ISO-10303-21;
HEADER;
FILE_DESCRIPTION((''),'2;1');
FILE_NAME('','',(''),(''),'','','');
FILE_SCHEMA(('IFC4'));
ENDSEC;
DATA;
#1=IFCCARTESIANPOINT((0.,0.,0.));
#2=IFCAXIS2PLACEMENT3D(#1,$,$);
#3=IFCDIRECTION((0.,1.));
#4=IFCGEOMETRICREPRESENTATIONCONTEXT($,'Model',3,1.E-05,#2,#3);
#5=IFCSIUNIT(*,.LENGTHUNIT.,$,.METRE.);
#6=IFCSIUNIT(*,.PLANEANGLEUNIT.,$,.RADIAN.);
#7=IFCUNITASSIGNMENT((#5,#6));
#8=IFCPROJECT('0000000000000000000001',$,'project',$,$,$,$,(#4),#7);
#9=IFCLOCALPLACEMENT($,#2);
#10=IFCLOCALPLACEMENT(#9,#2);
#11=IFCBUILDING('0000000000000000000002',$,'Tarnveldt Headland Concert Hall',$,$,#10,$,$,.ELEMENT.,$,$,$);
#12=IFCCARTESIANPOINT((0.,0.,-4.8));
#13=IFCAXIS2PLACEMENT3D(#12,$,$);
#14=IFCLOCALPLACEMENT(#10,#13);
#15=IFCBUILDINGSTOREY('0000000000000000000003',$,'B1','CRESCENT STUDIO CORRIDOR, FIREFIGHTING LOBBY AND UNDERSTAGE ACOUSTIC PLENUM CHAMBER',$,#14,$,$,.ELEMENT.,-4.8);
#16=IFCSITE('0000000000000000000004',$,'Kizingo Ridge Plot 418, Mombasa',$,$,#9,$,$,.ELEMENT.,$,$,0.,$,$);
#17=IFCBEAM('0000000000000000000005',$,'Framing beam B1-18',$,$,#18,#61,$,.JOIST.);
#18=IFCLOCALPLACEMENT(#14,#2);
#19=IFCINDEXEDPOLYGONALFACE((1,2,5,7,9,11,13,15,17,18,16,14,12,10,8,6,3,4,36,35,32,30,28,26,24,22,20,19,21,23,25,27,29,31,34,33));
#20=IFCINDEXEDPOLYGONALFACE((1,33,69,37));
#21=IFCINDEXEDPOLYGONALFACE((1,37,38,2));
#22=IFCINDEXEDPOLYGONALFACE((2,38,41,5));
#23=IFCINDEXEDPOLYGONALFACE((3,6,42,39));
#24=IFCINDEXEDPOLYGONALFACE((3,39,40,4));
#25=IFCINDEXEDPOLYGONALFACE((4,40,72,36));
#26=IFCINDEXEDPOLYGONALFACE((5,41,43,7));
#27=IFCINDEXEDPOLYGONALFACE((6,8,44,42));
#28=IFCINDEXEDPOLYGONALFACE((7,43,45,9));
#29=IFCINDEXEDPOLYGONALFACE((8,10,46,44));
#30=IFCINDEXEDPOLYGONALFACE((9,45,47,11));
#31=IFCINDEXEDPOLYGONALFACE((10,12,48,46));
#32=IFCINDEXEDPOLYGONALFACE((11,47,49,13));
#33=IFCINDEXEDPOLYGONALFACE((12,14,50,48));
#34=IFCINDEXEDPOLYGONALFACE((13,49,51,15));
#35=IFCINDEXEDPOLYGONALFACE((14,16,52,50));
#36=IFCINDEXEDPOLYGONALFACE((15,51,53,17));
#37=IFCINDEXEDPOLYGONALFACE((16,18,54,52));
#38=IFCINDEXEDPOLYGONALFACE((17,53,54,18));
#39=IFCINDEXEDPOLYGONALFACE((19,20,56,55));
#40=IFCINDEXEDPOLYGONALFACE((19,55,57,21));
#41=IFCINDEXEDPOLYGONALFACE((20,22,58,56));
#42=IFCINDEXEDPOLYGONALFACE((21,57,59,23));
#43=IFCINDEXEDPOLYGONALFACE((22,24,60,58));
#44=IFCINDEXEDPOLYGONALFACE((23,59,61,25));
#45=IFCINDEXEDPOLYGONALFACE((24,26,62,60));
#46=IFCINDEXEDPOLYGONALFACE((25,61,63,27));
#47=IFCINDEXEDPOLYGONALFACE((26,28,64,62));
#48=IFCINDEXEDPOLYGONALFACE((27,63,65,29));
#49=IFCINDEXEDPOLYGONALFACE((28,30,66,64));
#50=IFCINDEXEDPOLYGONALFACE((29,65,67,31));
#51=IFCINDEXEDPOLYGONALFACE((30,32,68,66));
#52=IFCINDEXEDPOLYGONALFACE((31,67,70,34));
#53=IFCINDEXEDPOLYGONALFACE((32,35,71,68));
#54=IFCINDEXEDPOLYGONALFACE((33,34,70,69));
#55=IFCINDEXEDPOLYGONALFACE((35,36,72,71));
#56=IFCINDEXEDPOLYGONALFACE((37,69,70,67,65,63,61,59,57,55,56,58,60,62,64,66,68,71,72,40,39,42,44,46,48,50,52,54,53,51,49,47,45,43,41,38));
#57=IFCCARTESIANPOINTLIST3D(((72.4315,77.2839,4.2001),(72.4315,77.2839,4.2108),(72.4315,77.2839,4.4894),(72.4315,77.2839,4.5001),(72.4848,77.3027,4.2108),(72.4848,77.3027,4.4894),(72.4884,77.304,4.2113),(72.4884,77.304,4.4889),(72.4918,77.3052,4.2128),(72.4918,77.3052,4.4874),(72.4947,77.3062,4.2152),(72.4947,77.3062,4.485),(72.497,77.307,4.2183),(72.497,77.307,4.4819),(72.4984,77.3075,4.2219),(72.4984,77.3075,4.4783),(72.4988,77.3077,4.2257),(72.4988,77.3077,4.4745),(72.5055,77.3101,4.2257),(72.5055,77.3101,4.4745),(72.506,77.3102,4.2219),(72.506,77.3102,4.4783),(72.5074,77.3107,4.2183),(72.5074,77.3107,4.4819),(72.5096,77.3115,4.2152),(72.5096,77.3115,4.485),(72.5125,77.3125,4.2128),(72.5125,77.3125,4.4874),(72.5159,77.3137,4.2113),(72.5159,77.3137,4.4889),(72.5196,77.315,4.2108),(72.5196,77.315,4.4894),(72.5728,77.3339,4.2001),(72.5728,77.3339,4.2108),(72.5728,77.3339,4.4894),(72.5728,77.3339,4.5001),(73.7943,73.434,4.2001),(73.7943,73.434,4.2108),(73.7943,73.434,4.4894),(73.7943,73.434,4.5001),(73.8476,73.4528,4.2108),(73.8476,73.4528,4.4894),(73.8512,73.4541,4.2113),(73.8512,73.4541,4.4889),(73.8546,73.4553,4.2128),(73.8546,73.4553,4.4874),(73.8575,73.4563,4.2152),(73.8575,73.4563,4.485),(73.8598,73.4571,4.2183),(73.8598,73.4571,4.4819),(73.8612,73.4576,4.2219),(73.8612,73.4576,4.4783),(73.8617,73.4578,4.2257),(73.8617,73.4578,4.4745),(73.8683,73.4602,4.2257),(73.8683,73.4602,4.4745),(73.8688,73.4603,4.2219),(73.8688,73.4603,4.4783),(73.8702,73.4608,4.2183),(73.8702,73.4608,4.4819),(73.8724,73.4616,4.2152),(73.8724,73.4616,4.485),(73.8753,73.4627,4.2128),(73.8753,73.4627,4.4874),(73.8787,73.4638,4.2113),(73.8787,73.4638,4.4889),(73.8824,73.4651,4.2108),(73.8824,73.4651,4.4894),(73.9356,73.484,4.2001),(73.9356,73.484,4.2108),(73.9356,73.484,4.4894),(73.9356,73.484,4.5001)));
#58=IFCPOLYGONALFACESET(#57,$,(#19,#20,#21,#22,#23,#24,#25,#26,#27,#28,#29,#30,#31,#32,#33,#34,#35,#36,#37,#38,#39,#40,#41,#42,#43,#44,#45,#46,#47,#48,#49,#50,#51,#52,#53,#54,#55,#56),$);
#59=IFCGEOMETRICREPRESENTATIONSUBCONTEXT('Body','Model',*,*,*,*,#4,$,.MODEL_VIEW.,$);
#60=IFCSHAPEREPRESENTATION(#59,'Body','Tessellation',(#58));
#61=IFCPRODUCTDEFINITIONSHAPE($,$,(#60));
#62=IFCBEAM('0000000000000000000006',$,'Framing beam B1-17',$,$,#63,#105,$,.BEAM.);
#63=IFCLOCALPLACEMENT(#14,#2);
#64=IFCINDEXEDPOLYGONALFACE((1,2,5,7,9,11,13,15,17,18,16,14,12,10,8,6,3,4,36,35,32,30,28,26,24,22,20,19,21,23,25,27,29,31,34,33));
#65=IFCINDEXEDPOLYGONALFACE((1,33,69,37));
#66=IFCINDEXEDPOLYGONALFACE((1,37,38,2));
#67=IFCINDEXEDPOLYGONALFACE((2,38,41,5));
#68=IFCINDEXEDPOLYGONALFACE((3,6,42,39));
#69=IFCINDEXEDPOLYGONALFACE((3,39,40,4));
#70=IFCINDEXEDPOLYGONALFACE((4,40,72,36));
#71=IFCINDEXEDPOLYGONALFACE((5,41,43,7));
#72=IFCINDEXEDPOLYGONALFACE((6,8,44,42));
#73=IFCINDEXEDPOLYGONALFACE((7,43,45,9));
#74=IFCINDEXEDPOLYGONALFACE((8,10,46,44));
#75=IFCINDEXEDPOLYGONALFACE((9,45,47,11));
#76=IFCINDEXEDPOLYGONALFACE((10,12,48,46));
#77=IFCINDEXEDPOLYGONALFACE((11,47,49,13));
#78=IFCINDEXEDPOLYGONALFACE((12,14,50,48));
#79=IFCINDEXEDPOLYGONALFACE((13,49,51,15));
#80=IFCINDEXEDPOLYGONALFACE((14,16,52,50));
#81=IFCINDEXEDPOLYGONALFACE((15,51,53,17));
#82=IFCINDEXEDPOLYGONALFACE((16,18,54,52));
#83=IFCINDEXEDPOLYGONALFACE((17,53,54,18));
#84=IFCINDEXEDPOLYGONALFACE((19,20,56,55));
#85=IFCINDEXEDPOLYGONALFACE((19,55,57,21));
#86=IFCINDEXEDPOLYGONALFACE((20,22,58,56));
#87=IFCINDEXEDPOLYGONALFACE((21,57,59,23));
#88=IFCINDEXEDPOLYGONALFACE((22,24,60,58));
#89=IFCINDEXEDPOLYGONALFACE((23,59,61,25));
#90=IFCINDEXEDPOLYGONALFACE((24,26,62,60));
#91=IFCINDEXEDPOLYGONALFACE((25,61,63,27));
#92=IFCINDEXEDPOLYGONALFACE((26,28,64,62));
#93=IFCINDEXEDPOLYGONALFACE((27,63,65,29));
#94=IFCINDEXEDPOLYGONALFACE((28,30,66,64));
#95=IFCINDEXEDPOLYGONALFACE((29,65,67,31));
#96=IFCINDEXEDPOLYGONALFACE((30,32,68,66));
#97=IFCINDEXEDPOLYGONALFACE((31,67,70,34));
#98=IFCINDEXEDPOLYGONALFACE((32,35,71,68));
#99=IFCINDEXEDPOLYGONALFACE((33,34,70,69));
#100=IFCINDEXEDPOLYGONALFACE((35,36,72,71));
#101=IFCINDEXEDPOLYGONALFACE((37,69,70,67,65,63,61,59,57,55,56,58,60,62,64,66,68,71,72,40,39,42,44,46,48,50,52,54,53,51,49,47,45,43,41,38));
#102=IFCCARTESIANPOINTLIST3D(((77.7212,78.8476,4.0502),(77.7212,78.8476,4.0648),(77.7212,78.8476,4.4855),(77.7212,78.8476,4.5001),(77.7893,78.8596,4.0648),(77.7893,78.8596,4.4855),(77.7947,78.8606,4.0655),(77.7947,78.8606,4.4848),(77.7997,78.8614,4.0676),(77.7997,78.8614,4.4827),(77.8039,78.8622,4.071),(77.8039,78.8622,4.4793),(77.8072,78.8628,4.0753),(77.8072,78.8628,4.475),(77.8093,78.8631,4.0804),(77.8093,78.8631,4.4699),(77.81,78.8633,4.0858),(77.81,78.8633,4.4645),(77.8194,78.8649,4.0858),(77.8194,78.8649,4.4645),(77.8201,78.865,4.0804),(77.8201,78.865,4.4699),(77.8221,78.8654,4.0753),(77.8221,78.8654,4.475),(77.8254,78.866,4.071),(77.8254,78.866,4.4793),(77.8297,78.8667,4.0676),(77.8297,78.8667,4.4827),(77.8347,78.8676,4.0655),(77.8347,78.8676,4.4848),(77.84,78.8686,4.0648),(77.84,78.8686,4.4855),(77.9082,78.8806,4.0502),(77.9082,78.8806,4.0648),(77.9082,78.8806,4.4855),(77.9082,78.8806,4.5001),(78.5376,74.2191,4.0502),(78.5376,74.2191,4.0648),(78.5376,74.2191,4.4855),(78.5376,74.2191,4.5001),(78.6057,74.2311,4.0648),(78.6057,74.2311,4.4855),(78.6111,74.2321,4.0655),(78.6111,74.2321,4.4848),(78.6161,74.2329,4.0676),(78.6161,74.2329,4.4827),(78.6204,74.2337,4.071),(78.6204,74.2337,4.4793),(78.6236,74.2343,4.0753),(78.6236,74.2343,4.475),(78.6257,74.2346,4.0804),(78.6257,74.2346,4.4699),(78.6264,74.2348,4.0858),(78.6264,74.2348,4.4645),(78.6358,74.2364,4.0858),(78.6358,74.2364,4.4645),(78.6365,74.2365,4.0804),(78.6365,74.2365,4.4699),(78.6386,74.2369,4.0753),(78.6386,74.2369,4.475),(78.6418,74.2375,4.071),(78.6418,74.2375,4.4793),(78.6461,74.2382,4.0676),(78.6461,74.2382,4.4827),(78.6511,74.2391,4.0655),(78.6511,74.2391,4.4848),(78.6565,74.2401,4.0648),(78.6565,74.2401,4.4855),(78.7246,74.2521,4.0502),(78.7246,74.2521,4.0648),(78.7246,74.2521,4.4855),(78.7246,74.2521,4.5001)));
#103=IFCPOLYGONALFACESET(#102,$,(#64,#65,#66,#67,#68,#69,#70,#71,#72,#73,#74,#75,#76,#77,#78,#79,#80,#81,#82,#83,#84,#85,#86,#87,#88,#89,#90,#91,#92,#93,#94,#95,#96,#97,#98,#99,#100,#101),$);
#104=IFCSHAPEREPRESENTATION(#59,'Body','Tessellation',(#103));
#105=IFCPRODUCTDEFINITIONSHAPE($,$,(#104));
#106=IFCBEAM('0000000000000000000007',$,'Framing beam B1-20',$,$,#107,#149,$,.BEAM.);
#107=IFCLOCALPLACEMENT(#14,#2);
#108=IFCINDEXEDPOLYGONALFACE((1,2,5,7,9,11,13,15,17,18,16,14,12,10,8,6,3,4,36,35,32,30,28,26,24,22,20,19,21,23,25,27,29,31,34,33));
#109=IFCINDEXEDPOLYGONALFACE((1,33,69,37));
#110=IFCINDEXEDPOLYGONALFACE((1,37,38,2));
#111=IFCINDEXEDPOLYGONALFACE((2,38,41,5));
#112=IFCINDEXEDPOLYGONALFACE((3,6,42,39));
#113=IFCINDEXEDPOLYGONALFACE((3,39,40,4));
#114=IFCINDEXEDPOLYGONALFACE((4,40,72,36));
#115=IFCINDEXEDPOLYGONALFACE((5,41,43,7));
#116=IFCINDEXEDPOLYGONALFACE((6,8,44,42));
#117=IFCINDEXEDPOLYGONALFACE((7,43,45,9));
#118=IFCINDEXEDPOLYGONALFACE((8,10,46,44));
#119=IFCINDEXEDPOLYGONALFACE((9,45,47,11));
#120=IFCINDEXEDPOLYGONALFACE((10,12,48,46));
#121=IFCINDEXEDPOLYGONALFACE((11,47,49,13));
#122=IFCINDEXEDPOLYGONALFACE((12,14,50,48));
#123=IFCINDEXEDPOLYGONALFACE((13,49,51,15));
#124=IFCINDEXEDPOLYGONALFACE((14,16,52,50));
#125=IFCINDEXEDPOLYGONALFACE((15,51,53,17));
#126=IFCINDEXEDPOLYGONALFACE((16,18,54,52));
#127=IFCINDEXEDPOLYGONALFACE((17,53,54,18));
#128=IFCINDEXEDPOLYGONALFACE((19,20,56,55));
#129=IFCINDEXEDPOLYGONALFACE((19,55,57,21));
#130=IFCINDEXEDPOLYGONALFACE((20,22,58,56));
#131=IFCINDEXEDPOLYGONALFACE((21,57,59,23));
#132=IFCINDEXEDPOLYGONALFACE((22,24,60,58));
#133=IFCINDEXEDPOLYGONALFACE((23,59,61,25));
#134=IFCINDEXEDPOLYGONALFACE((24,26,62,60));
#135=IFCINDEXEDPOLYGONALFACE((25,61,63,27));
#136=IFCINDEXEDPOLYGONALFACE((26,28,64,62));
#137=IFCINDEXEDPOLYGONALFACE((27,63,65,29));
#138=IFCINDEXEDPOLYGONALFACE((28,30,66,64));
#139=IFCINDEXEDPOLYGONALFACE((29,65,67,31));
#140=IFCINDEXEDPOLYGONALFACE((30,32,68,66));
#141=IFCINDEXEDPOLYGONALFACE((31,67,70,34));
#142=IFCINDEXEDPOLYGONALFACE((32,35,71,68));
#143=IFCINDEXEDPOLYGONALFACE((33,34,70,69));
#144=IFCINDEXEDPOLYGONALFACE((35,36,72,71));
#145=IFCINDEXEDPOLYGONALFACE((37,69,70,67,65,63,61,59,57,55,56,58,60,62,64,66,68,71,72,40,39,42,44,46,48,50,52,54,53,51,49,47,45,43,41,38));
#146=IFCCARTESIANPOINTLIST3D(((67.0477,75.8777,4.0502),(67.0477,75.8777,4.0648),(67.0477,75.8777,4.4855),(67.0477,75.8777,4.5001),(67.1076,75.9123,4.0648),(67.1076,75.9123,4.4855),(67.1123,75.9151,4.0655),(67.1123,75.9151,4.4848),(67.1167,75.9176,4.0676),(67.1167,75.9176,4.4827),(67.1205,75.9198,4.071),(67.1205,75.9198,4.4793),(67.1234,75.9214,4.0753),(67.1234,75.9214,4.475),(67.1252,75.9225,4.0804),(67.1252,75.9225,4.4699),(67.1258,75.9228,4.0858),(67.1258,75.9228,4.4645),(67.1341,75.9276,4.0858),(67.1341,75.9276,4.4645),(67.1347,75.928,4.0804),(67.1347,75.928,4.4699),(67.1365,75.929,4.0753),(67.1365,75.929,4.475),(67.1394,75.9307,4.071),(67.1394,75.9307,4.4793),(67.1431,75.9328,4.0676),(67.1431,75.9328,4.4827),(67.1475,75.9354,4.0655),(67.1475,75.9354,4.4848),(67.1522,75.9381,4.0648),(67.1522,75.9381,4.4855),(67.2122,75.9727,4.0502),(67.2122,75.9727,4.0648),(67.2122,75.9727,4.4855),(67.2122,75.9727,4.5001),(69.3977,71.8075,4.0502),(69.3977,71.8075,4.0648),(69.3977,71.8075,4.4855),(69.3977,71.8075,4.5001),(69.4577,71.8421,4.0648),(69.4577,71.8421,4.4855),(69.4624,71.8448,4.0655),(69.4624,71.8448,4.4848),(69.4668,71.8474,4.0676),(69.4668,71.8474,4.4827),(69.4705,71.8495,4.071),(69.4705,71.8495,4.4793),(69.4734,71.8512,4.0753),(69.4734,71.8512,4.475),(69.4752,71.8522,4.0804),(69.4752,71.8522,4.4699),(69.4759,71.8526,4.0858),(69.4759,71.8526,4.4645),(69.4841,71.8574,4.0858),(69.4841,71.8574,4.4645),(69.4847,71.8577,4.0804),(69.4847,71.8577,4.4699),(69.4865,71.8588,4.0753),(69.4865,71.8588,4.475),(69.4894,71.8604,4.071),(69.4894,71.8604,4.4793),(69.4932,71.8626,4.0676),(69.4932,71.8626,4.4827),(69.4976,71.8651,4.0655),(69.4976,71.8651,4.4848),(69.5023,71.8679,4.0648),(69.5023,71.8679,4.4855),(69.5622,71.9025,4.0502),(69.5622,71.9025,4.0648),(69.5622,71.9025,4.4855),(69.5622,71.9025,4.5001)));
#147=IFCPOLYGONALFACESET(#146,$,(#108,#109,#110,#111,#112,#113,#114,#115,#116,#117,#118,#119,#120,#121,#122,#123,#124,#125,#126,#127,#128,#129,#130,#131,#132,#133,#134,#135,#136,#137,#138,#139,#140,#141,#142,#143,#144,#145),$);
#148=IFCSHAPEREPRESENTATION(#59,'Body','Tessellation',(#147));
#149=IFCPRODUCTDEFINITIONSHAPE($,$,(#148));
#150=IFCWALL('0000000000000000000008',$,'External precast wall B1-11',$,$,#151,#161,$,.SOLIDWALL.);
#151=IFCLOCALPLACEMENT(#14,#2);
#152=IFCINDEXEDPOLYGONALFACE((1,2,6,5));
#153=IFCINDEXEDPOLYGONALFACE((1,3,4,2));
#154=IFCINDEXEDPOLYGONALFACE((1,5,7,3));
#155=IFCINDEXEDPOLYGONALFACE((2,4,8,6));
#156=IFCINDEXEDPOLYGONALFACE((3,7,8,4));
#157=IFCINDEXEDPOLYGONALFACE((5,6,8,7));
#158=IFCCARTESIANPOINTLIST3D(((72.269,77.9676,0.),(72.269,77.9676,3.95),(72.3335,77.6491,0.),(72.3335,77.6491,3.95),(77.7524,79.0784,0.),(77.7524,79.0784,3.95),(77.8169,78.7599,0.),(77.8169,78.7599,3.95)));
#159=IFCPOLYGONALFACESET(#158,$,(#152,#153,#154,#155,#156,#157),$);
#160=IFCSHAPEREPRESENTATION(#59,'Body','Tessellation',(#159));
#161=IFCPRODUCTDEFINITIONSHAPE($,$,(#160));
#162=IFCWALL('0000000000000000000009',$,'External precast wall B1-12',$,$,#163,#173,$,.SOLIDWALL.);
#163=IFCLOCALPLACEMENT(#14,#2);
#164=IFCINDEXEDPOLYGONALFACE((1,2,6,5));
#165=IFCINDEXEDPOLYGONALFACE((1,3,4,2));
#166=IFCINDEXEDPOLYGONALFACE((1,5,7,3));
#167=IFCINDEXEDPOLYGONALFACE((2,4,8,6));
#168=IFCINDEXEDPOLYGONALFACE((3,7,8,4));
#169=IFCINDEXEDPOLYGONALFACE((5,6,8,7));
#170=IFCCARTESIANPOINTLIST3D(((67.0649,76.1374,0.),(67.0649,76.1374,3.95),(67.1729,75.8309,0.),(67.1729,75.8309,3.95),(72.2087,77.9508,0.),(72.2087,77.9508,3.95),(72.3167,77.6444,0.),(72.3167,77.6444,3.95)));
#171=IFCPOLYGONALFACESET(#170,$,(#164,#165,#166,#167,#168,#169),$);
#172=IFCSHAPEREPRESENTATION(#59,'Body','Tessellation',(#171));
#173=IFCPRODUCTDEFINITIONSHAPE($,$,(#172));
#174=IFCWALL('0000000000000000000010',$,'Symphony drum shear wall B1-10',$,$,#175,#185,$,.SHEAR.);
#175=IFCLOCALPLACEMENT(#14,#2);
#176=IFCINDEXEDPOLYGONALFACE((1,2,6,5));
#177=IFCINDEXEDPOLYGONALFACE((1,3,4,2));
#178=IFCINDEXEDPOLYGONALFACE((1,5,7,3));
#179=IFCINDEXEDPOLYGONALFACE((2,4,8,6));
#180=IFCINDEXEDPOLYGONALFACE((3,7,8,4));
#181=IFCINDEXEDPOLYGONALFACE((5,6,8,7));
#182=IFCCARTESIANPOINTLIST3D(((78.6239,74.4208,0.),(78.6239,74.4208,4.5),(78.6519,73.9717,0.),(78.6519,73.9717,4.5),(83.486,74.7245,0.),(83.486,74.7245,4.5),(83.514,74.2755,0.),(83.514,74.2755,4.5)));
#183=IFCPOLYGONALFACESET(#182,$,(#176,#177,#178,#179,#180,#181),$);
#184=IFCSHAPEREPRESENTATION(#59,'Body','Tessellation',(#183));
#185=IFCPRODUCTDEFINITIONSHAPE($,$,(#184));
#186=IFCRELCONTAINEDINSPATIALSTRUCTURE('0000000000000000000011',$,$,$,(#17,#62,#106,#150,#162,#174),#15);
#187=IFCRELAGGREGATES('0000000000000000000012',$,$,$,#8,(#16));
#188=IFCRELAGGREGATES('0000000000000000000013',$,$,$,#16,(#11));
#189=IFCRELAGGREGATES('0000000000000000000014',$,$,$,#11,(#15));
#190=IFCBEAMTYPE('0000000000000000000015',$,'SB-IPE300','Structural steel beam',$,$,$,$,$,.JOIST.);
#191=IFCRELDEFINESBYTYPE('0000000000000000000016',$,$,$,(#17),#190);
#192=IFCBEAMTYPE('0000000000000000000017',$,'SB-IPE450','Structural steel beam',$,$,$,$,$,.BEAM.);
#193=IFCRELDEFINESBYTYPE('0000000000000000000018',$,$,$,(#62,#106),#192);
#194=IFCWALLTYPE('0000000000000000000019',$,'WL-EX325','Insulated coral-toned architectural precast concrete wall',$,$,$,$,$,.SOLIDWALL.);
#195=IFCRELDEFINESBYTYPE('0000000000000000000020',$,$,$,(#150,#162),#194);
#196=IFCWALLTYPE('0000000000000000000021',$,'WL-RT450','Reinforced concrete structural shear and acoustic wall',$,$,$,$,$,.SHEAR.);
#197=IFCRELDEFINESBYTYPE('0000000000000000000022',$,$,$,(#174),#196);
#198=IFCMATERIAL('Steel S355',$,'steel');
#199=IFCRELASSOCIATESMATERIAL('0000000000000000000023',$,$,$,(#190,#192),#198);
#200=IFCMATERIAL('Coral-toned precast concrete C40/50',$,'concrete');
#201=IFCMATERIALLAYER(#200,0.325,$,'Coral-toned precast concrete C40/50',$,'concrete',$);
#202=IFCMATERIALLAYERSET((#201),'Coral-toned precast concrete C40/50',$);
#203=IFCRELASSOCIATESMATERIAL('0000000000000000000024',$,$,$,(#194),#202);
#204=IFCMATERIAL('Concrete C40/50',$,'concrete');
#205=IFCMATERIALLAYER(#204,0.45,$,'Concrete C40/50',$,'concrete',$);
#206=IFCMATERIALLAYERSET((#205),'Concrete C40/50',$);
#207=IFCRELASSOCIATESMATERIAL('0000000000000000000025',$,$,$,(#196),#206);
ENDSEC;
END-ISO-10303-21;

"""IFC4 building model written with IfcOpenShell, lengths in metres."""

from ifc_helpers import new_model, si_unit, direction, frame, frame_2d, origin, origin_2d, place, context, subcontext, project, spatial, rectangle, i_section, extrude, material, layer, layer_set, material_profile, profile_set, type_object, element, save


model = new_model("IFC4")

# Units and contexts
model_context = context("Model", 3, precision=1e-05, world=origin(), true_north=direction((0.0, 1.0)))
body_context = subcontext(model_context, "Body", "Model", "MODEL_VIEW")
ifc_project = project(units=[si_unit("LENGTHUNIT", "METRE"), si_unit("PLANEANGLEUNIT", "RADIAN")], contexts=[model_context])

# Site, building, storey
site_placement = place(None, origin())
site = spatial("IfcSite", under=ifc_project, at=site_placement, Name="Kizingo Ridge Plot 418, Mombasa", CompositionType="ELEMENT", RefElevation=0.0)
building_placement = place(site_placement, origin())
building = spatial("IfcBuilding", under=site, at=building_placement, Name="Tarnveldt Headland Concert Hall", CompositionType="ELEMENT")
storey_placement = place(building_placement, frame((0.0, 0.0, -4.8)))
storey = spatial("IfcBuildingStorey", under=building, at=storey_placement, Name="B1", Description="CRESCENT STUDIO CORRIDOR, FIREFIGHTING LOBBY AND UNDERSTAGE ACOUSTIC PLENUM CHAMBER", CompositionType="ELEMENT", Elevation=-4.8)

# Shared definitions
ifc_material_1 = material(Name="Concrete C40/50", Category="concrete")

# Shared definitions
ifc_material_2 = material(Name="Steel S355", Category="steel")

# Beams
ifc_material_profile_1 = material_profile(ifc_material_2, i_section(OverallWidth=0.1499, OverallDepth=0.3, WebThickness=0.0071, FlangeThickness=0.0107, FilletRadius=0.0149, at=origin_2d()), Name="IPE300", Category="steel")
ifc_profile_set_1 = profile_set([ifc_material_profile_1], Name="Steel S355")
beam_type_1 = type_object("IfcBeamType", Name="SB-IPE300", Description="Structural steel beam", PredefinedType="JOIST", material=ifc_profile_set_1)
beam_1_placement = place(storey_placement, frame((73.865, 73.459, 4.3501), z_axis=(-0.333696, 0.942681, 0.0), x_axis=(-0.942681, -0.333696, 0.0)))
element("IfcBeam", 1, at=beam_1_placement, inside=storey, type_object=beam_type_1, Name="Framing beam B1-18", PredefinedType="JOIST", context=body_context, shape_type="SweptSolid", body=[
    extrude(i_section(OverallWidth=0.1499, OverallDepth=0.3, WebThickness=0.0071, FlangeThickness=0.0107, FilletRadius=0.0149, at=origin_2d()), origin(), (0.0, 0.0, 1.0), 4.084),
])
ifc_material_profile_2 = material_profile(ifc_material_2, i_section(OverallWidth=0.1899, OverallDepth=0.45, WebThickness=0.0095, FlangeThickness=0.0146, FilletRadius=0.021, at=origin_2d()), Name="IPE450", Category="steel")
ifc_profile_set_2 = profile_set([ifc_material_profile_2], Name="Steel S355")
beam_type_2 = type_object("IfcBeamType", Name="SB-IPE450", Description="Structural steel beam", PredefinedType="BEAM", material=ifc_profile_set_2)
for number, where, z_axis, x_axis, name in (
    (2, (78.6311, 74.2356, 4.2751), (-0.173708, 0.984797, 0.0), (-0.984797, -0.173708, 0.0), "Framing beam B1-17"),
    (3, (69.48, 71.855, 4.2751), (-0.500016, 0.866016, 0.0), (-0.866016, -0.500016, 0.0), "Framing beam B1-20"),
):
    element("IfcBeam", number, at=place(storey_placement, frame(where, z_axis=z_axis, x_axis=x_axis)), inside=storey, type_object=beam_type_2, Name=name, PredefinedType="BEAM", context=body_context, shape_type="SweptSolid", body=[
        extrude(i_section(OverallWidth=0.1899, OverallDepth=0.45, WebThickness=0.0095, FlangeThickness=0.0146, FilletRadius=0.021, at=origin_2d()), origin(), (0.0, 0.0, 1.0), 4.7),
    ])

# Walls
ifc_material_3 = material(Name="Coral-toned precast concrete C40/50", Category="concrete")
ifc_layer_1 = layer(ifc_material_3, 0.325, Name="Coral-toned precast concrete C40/50", Category="concrete")
ifc_layer_set_1 = layer_set([ifc_layer_1], Name="Coral-toned precast concrete C40/50")
wall_type_1 = type_object("IfcWallType", Name="WL-EX325", Description="Insulated coral-toned architectural precast concrete wall", PredefinedType="SOLIDWALL", material=ifc_layer_set_1)
wall_1_placement = place(storey_placement, frame((72.3013, 77.8083, 0.0), z_axis=(0.0, 0.0, 1.0), x_axis=(0.980091, 0.198549, 0.0)))
element("IfcWall", 4, at=wall_1_placement, inside=storey, type_object=wall_type_1, Name="External precast wall B1-11", PredefinedType="SOLIDWALL", context=body_context, shape_type="SweptSolid", body=[
    extrude(rectangle(XDim=5.5947, YDim=0.325, at=frame_2d((2.7974, 0.0))), origin(), (0.0, 0.0, 1.0), 3.95),
])
wall_2_placement = place(storey_placement, frame((67.1189, 75.9841, 0.0), z_axis=(0.0, 0.0, 1.0), x_axis=(0.943104, 0.332497, 0.0)))
element("IfcWall", 5, at=wall_2_placement, inside=storey, type_object=wall_type_1, Name="External precast wall B1-12", PredefinedType="SOLIDWALL", context=body_context, shape_type="SweptSolid", body=[
    extrude(rectangle(XDim=5.4541, YDim=0.325, at=frame_2d((2.7271, 0.0))), origin(), (0.0, 0.0, 1.0), 3.95),
])
ifc_layer_2 = layer(ifc_material_1, 0.45, Name="Concrete C40/50", Category="concrete")
ifc_layer_set_2 = layer_set([ifc_layer_2], Name="Concrete C40/50")
wall_type_2 = type_object("IfcWallType", Name="WL-RT450", Description="Reinforced concrete structural shear and acoustic wall", PredefinedType="SHEAR", material=ifc_layer_set_2)
wall_3_placement = place(storey_placement, frame((83.5, 74.5, 0.0), z_axis=(0.0, 0.0, 1.0), x_axis=(-0.998055, -0.062344, 0.0)))
element("IfcWall", 6, at=wall_3_placement, inside=storey, type_object=wall_type_2, Name="Symphony drum shear wall B1-10", PredefinedType="SHEAR", context=body_context, shape_type="SweptSolid", body=[
    extrude(rectangle(XDim=4.8716, YDim=0.45, at=frame_2d((2.4358, 0.0))), origin(), (0.0, 0.0, 1.0), 4.5),
])

save(model, "model.ifc")
